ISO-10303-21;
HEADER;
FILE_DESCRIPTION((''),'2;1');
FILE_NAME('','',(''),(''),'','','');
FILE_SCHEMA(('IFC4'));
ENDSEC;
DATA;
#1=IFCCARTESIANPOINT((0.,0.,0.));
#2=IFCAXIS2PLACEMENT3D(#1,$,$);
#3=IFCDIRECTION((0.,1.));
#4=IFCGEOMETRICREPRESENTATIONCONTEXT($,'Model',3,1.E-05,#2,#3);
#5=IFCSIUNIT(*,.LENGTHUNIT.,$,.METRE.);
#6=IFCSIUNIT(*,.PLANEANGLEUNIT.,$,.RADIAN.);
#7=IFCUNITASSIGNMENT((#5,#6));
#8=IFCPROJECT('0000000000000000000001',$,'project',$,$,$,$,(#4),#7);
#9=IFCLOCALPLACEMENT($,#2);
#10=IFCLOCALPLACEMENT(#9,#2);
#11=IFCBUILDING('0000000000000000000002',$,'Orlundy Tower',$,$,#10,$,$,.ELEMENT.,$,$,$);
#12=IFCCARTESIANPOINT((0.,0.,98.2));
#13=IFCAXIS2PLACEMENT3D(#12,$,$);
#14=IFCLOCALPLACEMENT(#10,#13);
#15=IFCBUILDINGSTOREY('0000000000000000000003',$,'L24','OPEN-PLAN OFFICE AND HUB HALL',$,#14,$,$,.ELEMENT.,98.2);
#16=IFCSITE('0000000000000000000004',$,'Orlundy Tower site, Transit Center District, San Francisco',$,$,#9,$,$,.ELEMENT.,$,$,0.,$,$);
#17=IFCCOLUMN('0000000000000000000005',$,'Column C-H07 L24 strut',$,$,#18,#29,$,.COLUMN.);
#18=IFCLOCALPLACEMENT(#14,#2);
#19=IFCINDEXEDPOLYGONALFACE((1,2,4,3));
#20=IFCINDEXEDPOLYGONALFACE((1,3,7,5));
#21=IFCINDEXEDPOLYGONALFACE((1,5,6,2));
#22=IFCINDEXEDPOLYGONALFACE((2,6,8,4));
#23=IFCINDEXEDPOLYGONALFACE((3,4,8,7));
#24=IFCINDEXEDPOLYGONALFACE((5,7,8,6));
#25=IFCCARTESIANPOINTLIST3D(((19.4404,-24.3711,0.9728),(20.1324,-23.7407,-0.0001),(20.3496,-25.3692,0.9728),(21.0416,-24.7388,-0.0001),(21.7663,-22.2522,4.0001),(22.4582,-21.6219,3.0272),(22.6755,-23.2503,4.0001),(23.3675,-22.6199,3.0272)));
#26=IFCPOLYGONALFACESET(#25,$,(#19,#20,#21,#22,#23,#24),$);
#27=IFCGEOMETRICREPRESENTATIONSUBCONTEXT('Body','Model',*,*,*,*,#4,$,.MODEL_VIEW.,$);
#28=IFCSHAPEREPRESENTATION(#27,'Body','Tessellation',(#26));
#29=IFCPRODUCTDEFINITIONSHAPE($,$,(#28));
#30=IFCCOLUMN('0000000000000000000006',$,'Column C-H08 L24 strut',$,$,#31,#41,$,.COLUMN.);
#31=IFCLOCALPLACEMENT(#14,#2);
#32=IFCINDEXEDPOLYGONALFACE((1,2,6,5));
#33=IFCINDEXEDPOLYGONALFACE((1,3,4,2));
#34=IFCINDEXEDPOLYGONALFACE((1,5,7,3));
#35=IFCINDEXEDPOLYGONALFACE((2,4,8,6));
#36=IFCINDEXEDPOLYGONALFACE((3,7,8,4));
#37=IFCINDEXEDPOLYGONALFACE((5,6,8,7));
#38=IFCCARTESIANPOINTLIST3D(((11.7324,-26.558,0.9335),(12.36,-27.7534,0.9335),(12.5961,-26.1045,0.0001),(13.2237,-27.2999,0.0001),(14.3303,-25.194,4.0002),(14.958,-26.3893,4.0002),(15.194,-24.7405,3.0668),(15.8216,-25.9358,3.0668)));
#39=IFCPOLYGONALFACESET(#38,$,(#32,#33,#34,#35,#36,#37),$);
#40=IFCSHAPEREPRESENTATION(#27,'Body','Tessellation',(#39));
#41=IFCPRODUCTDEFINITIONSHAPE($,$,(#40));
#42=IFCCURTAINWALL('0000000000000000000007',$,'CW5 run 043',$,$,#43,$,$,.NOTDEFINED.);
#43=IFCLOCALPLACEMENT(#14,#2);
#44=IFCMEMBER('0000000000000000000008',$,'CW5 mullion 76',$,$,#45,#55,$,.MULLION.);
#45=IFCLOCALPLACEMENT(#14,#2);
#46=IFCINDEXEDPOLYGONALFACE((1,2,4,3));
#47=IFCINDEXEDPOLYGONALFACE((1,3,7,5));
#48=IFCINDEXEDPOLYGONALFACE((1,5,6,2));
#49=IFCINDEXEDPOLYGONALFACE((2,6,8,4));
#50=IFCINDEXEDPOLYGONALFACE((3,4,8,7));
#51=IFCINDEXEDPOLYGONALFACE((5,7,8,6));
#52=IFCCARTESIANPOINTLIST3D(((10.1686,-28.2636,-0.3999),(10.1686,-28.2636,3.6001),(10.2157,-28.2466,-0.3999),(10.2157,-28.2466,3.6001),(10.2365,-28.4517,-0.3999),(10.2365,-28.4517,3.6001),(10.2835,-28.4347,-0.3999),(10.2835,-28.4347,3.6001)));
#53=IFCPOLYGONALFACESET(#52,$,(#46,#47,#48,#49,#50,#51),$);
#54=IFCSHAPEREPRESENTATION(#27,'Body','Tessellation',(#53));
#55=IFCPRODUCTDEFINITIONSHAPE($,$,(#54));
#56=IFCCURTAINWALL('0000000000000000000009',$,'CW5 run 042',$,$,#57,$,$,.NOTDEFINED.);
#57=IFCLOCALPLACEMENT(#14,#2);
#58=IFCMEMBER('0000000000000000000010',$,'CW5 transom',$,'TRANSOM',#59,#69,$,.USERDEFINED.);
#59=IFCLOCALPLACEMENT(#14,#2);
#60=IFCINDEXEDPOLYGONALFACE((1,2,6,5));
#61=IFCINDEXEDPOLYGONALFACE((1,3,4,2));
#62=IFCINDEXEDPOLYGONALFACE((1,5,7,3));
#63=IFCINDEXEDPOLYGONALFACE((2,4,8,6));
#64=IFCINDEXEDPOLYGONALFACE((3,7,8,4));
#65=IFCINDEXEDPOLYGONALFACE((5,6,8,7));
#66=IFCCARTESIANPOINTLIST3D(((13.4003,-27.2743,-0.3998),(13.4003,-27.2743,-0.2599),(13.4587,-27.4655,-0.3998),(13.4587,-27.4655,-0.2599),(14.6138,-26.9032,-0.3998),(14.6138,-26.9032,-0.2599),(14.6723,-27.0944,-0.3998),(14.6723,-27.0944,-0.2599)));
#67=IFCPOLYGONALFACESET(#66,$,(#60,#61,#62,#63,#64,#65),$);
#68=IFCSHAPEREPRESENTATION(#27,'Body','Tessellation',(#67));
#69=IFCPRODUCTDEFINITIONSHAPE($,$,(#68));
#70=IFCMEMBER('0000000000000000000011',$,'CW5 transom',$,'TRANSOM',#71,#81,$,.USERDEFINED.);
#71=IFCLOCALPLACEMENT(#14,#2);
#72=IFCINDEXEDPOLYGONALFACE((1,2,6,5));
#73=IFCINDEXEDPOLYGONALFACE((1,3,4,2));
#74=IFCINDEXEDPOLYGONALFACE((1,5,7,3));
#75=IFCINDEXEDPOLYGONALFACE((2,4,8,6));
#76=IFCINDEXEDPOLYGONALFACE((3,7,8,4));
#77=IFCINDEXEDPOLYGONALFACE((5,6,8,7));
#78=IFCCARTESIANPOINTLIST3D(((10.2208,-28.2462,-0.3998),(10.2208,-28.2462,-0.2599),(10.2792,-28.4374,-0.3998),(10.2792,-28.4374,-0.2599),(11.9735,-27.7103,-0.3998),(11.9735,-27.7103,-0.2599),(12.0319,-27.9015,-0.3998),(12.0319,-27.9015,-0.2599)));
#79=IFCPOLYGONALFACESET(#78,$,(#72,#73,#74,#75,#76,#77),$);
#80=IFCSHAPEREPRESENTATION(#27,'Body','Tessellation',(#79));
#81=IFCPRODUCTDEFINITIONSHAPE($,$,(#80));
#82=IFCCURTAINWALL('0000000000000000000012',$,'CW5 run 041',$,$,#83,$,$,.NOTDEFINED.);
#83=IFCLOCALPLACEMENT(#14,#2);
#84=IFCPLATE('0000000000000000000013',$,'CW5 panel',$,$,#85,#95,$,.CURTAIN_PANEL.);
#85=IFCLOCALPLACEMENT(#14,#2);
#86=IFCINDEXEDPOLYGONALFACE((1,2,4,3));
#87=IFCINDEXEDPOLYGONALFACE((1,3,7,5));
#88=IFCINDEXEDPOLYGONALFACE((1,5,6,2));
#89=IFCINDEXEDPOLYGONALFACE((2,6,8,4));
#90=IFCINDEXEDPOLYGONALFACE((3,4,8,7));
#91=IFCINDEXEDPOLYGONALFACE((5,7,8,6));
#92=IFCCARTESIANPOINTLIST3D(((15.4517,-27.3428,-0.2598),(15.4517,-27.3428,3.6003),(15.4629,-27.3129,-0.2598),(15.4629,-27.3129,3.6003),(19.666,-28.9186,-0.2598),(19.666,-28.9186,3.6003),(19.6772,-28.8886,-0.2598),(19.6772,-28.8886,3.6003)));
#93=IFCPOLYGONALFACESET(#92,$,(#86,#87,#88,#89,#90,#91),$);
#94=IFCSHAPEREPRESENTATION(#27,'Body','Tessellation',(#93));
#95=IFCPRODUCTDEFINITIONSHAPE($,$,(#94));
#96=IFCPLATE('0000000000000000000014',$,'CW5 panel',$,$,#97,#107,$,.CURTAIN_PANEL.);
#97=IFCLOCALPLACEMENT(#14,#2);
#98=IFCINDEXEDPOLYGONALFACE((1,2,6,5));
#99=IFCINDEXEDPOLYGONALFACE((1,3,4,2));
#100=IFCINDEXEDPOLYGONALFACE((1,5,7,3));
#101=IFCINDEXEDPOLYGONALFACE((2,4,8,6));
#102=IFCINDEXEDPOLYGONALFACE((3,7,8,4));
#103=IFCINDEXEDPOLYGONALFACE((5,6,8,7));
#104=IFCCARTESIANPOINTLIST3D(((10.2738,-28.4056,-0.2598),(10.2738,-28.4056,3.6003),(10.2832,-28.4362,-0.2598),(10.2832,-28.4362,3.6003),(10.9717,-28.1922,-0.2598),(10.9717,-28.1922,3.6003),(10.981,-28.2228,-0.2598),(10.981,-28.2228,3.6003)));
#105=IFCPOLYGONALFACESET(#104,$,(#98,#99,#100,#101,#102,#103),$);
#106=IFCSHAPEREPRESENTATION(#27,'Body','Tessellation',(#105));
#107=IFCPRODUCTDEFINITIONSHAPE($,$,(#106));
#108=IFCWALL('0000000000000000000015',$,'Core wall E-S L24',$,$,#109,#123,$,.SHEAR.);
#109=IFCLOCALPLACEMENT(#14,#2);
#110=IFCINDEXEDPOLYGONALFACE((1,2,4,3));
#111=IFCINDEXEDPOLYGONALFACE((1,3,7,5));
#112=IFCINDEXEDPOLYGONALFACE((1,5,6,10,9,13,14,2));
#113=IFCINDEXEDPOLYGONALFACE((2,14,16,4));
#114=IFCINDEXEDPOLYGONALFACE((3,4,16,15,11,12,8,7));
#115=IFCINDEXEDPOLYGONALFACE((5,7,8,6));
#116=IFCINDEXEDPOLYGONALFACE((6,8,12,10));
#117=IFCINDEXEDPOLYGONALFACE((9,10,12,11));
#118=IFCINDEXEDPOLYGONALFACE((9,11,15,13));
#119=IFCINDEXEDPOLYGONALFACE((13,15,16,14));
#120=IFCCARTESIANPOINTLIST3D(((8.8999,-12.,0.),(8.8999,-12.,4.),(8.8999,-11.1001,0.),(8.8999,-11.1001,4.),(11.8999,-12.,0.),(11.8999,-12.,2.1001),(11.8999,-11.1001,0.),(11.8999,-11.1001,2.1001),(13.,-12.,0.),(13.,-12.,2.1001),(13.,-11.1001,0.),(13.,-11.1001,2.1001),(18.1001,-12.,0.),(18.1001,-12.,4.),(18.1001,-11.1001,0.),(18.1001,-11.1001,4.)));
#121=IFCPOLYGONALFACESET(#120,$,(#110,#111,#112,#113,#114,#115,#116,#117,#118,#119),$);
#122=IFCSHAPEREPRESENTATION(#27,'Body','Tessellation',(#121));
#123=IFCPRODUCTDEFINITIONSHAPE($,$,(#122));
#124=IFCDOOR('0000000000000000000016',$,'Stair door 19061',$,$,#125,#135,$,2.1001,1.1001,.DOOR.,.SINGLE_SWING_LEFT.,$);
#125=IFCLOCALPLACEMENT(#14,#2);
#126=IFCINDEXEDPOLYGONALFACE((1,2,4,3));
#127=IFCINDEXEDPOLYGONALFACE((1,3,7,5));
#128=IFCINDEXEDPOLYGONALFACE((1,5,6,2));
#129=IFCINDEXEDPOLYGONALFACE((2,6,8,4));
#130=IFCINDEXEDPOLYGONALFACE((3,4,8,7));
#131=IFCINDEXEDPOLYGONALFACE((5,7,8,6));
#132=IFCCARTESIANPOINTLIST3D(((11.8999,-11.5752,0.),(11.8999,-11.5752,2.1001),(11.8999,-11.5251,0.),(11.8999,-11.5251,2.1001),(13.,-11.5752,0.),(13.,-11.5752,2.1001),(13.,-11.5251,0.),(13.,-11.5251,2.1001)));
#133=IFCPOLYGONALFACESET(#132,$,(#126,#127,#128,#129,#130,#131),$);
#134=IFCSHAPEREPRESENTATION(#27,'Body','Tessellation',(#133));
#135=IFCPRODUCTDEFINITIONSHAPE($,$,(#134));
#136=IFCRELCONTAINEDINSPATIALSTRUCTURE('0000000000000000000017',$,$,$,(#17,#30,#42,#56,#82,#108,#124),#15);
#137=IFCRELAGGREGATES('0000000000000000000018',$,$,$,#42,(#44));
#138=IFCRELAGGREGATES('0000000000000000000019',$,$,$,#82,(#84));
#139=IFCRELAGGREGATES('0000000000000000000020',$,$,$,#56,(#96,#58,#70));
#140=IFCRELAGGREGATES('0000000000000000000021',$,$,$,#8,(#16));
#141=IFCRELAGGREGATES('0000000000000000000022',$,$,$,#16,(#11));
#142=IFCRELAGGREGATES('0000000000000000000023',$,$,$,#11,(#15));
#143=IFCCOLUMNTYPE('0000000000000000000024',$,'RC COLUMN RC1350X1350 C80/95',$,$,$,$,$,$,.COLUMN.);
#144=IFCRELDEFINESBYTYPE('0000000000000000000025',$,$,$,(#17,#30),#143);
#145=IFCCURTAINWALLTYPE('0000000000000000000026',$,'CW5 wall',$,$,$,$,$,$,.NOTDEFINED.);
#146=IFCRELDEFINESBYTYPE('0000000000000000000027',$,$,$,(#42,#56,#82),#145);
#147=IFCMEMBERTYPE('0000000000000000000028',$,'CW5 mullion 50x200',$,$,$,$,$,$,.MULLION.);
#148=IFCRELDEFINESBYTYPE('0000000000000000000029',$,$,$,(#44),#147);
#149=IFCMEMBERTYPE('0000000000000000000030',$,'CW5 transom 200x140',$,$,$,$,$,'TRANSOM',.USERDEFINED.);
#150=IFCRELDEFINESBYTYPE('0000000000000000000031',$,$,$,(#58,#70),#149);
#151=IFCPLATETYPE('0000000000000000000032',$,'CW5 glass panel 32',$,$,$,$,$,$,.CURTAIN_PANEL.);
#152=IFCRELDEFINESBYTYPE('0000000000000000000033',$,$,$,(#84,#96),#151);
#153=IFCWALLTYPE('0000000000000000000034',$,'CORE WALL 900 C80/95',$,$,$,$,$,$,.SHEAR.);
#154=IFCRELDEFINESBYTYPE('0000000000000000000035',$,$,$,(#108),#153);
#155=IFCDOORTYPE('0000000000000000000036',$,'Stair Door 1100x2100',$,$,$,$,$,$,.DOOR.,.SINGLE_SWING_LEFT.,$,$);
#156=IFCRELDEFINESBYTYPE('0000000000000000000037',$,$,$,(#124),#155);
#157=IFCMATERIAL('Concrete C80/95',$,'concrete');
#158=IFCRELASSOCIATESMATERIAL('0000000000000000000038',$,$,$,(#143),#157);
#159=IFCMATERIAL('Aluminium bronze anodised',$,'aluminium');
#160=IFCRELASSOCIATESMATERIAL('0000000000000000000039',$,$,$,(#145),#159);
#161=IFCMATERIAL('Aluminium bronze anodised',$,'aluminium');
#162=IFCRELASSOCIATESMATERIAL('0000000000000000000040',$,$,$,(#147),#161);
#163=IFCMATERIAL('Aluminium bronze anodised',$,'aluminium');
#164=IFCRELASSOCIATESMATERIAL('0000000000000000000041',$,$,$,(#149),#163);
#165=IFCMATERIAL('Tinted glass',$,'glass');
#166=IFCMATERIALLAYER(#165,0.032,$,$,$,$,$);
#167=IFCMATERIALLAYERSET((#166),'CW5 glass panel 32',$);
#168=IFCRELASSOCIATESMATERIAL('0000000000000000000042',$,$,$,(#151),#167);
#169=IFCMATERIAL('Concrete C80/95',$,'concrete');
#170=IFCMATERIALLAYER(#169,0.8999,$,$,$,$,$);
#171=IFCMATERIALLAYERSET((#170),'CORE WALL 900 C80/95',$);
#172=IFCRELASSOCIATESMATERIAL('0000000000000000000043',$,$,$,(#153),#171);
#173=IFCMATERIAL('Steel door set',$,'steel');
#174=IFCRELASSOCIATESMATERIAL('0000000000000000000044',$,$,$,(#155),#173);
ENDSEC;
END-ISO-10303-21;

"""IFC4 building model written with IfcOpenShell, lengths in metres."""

from ifc_helpers import new_model, si_unit, direction, frame, frame_2d, origin, origin_2d, place, context, subcontext, project, spatial, rectangle, extrude, material, layer, layer_set, material_profile, profile_set, type_object, element, fill, aggregate, save


model = new_model("IFC4")

# Units and contexts
model_context = context("Model", 3, precision=1e-05, world=origin(), true_north=direction((0.0, 1.0)))
body_context = subcontext(model_context, "Body", "Model", "MODEL_VIEW")
ifc_project = project(units=[si_unit("LENGTHUNIT", "METRE"), si_unit("PLANEANGLEUNIT", "RADIAN")], contexts=[model_context])

# Site, building, storey
site_placement = place(None, origin())
site = spatial("IfcSite", under=ifc_project, at=site_placement, Name="Orlundy Tower site, Transit Center District, San Francisco", CompositionType="ELEMENT", RefElevation=0.0)
building_placement = place(site_placement, origin())
building = spatial("IfcBuilding", under=site, at=building_placement, Name="Orlundy Tower", CompositionType="ELEMENT")
storey_placement = place(building_placement, frame((0.0, 0.0, 98.2)))
storey = spatial("IfcBuildingStorey", under=building, at=storey_placement, Name="L24", Description="OPEN-PLAN OFFICE AND HUB HALL", CompositionType="ELEMENT", Elevation=98.2)

# Columns
ifc_material_1 = material(Name="Concrete C80/95", Category="concrete")
ifc_material_profile_1 = material_profile(ifc_material_1, rectangle(XDim=1.3501, YDim=1.3501, at=origin_2d()), Name="RC1350X1350")
ifc_profile_set_1 = profile_set([ifc_material_profile_1], Name="Concrete C80/95")
column_type = type_object("IfcColumnType", Name="RC COLUMN RC1350X1350 C80/95", PredefinedType="COLUMN", material=ifc_profile_set_1)
column_1_placement = place(storey_placement, frame((20.241, -24.5549, 0.4863), z_axis=(0.532701, 0.485286, 0.693345), x_axis=(-0.673441, 0.739241, 0.0)))
element("IfcColumn", 1, at=column_1_placement, inside=storey, type_object=column_type, Name="Column C-H07 L24 strut", PredefinedType="COLUMN", context=body_context, shape_type="SweptSolid", body=[
    extrude(rectangle(XDim=1.3501, YDim=1.3501, at=origin_2d()), origin(), (0.0, 0.0, 1.0), 4.3662),
])
column_2_placement = place(storey_placement, frame((12.478, -26.929, 0.4668), z_axis=(0.612094, 0.321376, 0.722536), x_axis=(-0.464865, 0.885382, 0.0)))
element("IfcColumn", 2, at=column_2_placement, inside=storey, type_object=column_type, Name="Column C-H08 L24 strut", PredefinedType="COLUMN", context=body_context, shape_type="SweptSolid", body=[
    extrude(rectangle(XDim=1.3501, YDim=1.3501, at=origin_2d()), origin(), (0.0, 0.0, 1.0), 4.2444),
])

# Curtain wall, member
ifc_material_2 = material(Name="Aluminium bronze anodised", Category="aluminium")
curtain_wall_type = type_object("IfcCurtainWallType", Name="CW5 wall", PredefinedType="NOTDEFINED", material=ifc_material_2)
curtain_wall_1_placement = place(storey_placement, origin())
curtain_wall_1 = element("IfcCurtainWall", 3, at=curtain_wall_1_placement, inside=storey, type_object=curtain_wall_type, Name="CW5 run 043", PredefinedType="NOTDEFINED")
ifc_material_3 = material(Name="Aluminium bronze anodised", Category="aluminium")
ifc_material_profile_2 = material_profile(ifc_material_3, rectangle(XDim=0.2, YDim=0.05, at=origin_2d()), Name="CW5 mullion 50x200")
ifc_profile_set_2 = profile_set([ifc_material_profile_2], Name="Aluminium bronze anodised")
member_type_1 = type_object("IfcMemberType", Name="CW5 mullion 50x200", PredefinedType="MULLION", material=ifc_profile_set_2)
member_1_placement = place(storey_placement, frame((10.2261, -28.3491, -0.3999), z_axis=(0.0, 0.0, 1.0), x_axis=(0.339259, -0.940693, 0.0)))
member_1 = element("IfcMember", 4, at=member_1_placement, type_object=member_type_1, Name="CW5 mullion 76", PredefinedType="MULLION", context=body_context, shape_type="SweptSolid", body=[
    extrude(rectangle(XDim=0.2, YDim=0.05, at=origin_2d()), origin(), (0.0, 0.0, 1.0), 4.0),
])
aggregate(curtain_wall_1, [member_1])

# Curtain wall, members
curtain_wall_2_placement = place(storey_placement, origin())
curtain_wall_2 = element("IfcCurtainWall", 5, at=curtain_wall_2_placement, inside=storey, type_object=curtain_wall_type, Name="CW5 run 042", PredefinedType="NOTDEFINED")
ifc_material_4 = material(Name="Aluminium bronze anodised", Category="aluminium")
ifc_material_profile_3 = material_profile(ifc_material_4, rectangle(XDim=0.2, YDim=0.1399, at=origin_2d()), Name="CW5 transom 200x140")
ifc_profile_set_3 = profile_set([ifc_material_profile_3], Name="Aluminium bronze anodised")
member_type_2 = type_object("IfcMemberType", Name="CW5 transom 200x140", ElementType="TRANSOM", PredefinedType="USERDEFINED", material=ifc_profile_set_3)
member_2_placement = place(storey_placement, frame((14.6431, -26.9988, -0.3298), z_axis=(-0.956293, -0.292409, 0.0), x_axis=(0.292409, -0.956293, 0.0)))
member_2 = element("IfcMember", 6, at=member_2_placement, type_object=member_type_2, Name="CW5 transom", ObjectType="TRANSOM", PredefinedType="USERDEFINED", context=body_context, shape_type="SweptSolid", body=[
    extrude(rectangle(XDim=0.2, YDim=0.1399, at=origin_2d()), origin(), (0.0, 0.0, 1.0), 1.269),
])
member_3_placement = place(storey_placement, frame((12.0027, -27.8059, -0.3298), z_axis=(-0.956299, -0.292391, 0.0), x_axis=(0.292391, -0.956299, 0.0)))
member_3 = element("IfcMember", 7, at=member_3_placement, type_object=member_type_2, Name="CW5 transom", ObjectType="TRANSOM", PredefinedType="USERDEFINED", context=body_context, shape_type="SweptSolid", body=[
    extrude(rectangle(XDim=0.2, YDim=0.1399, at=origin_2d()), origin(), (0.0, 0.0, 1.0), 1.8328),
])

# Curtain wall, plate
curtain_wall_3_placement = place(storey_placement, origin())
curtain_wall_3 = element("IfcCurtainWall", 8, at=curtain_wall_3_placement, inside=storey, type_object=curtain_wall_type, Name="CW5 run 041", PredefinedType="NOTDEFINED")
ifc_material_5 = material(Name="Tinted glass", Category="glass")
ifc_layer_1 = layer(ifc_material_5, 0.032)
ifc_layer_set_1 = layer_set([ifc_layer_1], Name="CW5 glass panel 32")
plate_type = type_object("IfcPlateType", Name="CW5 glass panel 32", PredefinedType="CURTAIN_PANEL", material=ifc_layer_set_1)
plate_1_placement = place(storey_placement, frame((17.5645, -28.1157, -0.2598), z_axis=(0.0, 0.0, 1.0), x_axis=(-0.936668, 0.350219, 0.0)))
plate_1 = element("IfcPlate", 9, at=plate_1_placement, type_object=plate_type, Name="CW5 panel", PredefinedType="CURTAIN_PANEL", context=body_context, shape_type="SweptSolid", body=[
    extrude(rectangle(XDim=4.4993, YDim=0.032, at=origin_2d()), origin(), (0.0, 0.0, 1.0), 3.8601),
])
aggregate(curtain_wall_3, [plate_1])

# Plate
plate_2_placement = place(storey_placement, frame((10.6274, -28.3142, -0.2598), z_axis=(0.0, 0.0, 1.0), x_axis=(-0.956309, -0.292357, 0.0)))
plate_2 = element("IfcPlate", 10, at=plate_2_placement, type_object=plate_type, Name="CW5 panel", PredefinedType="CURTAIN_PANEL", context=body_context, shape_type="SweptSolid", body=[
    extrude(rectangle(XDim=0.7297, YDim=0.032, at=origin_2d()), origin(), (0.0, 0.0, 1.0), 3.8601),
])
aggregate(curtain_wall_2, [plate_2, member_2, member_3])

# Wall, opening, door
ifc_material_6 = material(Name="Concrete C80/95", Category="concrete")
ifc_layer_2 = layer(ifc_material_6, 0.8999)
ifc_layer_set_2 = layer_set([ifc_layer_2], Name="CORE WALL 900 C80/95")
wall_type_1 = type_object("IfcWallType", Name="CORE WALL 900 C80/95", PredefinedType="SHEAR", material=ifc_layer_set_2)
wall_1_placement = place(storey_placement, frame((8.8999, -11.55, 0.0), z_axis=(0.0, 0.0, 1.0), x_axis=(1.0, 0.0, 0.0)))
wall_1 = element("IfcWall", 11, at=wall_1_placement, inside=storey, type_object=wall_type_1, Name="Core wall E-S L24", PredefinedType="SHEAR", context=body_context, shape_type="SweptSolid", body=[
    extrude(rectangle(XDim=9.2002, YDim=0.8999, at=frame_2d((4.6001, 0.0))), origin(), (0.0, 0.0, 1.0), 4.0),
])
opening_1_placement = place(wall_1_placement, frame((3.0, 0.0, 0.0)))
opening_1 = element("IfcOpeningElement", 12, at=opening_1_placement, cuts=wall_1, PredefinedType="OPENING", context=body_context, shape_type="SweptSolid", body=[
    extrude(rectangle(XDim=1.1001, YDim=2.1001, at=frame_2d((0.55, 1.05))), frame((0.0, 0.46, 0.0), z_axis=(0.0, -1.0, 0.0), x_axis=(1.0, 0.0, 0.0)), (0.0, 0.0, 1.0), 0.9199),
])
ifc_material_7 = material(Name="Steel door set", Category="steel")
door_type_1 = type_object("IfcDoorType", Name="Stair Door 1100x2100", OperationType="SINGLE_SWING_LEFT", PredefinedType="DOOR", material=ifc_material_7)
door_1_placement = place(opening_1_placement, origin())
door_1 = element("IfcDoor", 13, at=door_1_placement, inside=storey, type_object=door_type_1, Name="Stair door 19061", OperationType="SINGLE_SWING_LEFT", OverallHeight=2.1001, OverallWidth=1.1001, PredefinedType="DOOR", context=body_context, shape_type="SweptSolid", body=[
    extrude(rectangle(XDim=1.1001, YDim=2.1001, at=frame_2d((0.55, 1.05))), frame((0.0, 0.0249, 0.0), z_axis=(0.0, -1.0, 0.0), x_axis=(1.0, 0.0, 0.0)), (0.0, 0.0, 1.0), 0.05),
])
fill(opening_1, door_1)

save(model, "model.ifc")
